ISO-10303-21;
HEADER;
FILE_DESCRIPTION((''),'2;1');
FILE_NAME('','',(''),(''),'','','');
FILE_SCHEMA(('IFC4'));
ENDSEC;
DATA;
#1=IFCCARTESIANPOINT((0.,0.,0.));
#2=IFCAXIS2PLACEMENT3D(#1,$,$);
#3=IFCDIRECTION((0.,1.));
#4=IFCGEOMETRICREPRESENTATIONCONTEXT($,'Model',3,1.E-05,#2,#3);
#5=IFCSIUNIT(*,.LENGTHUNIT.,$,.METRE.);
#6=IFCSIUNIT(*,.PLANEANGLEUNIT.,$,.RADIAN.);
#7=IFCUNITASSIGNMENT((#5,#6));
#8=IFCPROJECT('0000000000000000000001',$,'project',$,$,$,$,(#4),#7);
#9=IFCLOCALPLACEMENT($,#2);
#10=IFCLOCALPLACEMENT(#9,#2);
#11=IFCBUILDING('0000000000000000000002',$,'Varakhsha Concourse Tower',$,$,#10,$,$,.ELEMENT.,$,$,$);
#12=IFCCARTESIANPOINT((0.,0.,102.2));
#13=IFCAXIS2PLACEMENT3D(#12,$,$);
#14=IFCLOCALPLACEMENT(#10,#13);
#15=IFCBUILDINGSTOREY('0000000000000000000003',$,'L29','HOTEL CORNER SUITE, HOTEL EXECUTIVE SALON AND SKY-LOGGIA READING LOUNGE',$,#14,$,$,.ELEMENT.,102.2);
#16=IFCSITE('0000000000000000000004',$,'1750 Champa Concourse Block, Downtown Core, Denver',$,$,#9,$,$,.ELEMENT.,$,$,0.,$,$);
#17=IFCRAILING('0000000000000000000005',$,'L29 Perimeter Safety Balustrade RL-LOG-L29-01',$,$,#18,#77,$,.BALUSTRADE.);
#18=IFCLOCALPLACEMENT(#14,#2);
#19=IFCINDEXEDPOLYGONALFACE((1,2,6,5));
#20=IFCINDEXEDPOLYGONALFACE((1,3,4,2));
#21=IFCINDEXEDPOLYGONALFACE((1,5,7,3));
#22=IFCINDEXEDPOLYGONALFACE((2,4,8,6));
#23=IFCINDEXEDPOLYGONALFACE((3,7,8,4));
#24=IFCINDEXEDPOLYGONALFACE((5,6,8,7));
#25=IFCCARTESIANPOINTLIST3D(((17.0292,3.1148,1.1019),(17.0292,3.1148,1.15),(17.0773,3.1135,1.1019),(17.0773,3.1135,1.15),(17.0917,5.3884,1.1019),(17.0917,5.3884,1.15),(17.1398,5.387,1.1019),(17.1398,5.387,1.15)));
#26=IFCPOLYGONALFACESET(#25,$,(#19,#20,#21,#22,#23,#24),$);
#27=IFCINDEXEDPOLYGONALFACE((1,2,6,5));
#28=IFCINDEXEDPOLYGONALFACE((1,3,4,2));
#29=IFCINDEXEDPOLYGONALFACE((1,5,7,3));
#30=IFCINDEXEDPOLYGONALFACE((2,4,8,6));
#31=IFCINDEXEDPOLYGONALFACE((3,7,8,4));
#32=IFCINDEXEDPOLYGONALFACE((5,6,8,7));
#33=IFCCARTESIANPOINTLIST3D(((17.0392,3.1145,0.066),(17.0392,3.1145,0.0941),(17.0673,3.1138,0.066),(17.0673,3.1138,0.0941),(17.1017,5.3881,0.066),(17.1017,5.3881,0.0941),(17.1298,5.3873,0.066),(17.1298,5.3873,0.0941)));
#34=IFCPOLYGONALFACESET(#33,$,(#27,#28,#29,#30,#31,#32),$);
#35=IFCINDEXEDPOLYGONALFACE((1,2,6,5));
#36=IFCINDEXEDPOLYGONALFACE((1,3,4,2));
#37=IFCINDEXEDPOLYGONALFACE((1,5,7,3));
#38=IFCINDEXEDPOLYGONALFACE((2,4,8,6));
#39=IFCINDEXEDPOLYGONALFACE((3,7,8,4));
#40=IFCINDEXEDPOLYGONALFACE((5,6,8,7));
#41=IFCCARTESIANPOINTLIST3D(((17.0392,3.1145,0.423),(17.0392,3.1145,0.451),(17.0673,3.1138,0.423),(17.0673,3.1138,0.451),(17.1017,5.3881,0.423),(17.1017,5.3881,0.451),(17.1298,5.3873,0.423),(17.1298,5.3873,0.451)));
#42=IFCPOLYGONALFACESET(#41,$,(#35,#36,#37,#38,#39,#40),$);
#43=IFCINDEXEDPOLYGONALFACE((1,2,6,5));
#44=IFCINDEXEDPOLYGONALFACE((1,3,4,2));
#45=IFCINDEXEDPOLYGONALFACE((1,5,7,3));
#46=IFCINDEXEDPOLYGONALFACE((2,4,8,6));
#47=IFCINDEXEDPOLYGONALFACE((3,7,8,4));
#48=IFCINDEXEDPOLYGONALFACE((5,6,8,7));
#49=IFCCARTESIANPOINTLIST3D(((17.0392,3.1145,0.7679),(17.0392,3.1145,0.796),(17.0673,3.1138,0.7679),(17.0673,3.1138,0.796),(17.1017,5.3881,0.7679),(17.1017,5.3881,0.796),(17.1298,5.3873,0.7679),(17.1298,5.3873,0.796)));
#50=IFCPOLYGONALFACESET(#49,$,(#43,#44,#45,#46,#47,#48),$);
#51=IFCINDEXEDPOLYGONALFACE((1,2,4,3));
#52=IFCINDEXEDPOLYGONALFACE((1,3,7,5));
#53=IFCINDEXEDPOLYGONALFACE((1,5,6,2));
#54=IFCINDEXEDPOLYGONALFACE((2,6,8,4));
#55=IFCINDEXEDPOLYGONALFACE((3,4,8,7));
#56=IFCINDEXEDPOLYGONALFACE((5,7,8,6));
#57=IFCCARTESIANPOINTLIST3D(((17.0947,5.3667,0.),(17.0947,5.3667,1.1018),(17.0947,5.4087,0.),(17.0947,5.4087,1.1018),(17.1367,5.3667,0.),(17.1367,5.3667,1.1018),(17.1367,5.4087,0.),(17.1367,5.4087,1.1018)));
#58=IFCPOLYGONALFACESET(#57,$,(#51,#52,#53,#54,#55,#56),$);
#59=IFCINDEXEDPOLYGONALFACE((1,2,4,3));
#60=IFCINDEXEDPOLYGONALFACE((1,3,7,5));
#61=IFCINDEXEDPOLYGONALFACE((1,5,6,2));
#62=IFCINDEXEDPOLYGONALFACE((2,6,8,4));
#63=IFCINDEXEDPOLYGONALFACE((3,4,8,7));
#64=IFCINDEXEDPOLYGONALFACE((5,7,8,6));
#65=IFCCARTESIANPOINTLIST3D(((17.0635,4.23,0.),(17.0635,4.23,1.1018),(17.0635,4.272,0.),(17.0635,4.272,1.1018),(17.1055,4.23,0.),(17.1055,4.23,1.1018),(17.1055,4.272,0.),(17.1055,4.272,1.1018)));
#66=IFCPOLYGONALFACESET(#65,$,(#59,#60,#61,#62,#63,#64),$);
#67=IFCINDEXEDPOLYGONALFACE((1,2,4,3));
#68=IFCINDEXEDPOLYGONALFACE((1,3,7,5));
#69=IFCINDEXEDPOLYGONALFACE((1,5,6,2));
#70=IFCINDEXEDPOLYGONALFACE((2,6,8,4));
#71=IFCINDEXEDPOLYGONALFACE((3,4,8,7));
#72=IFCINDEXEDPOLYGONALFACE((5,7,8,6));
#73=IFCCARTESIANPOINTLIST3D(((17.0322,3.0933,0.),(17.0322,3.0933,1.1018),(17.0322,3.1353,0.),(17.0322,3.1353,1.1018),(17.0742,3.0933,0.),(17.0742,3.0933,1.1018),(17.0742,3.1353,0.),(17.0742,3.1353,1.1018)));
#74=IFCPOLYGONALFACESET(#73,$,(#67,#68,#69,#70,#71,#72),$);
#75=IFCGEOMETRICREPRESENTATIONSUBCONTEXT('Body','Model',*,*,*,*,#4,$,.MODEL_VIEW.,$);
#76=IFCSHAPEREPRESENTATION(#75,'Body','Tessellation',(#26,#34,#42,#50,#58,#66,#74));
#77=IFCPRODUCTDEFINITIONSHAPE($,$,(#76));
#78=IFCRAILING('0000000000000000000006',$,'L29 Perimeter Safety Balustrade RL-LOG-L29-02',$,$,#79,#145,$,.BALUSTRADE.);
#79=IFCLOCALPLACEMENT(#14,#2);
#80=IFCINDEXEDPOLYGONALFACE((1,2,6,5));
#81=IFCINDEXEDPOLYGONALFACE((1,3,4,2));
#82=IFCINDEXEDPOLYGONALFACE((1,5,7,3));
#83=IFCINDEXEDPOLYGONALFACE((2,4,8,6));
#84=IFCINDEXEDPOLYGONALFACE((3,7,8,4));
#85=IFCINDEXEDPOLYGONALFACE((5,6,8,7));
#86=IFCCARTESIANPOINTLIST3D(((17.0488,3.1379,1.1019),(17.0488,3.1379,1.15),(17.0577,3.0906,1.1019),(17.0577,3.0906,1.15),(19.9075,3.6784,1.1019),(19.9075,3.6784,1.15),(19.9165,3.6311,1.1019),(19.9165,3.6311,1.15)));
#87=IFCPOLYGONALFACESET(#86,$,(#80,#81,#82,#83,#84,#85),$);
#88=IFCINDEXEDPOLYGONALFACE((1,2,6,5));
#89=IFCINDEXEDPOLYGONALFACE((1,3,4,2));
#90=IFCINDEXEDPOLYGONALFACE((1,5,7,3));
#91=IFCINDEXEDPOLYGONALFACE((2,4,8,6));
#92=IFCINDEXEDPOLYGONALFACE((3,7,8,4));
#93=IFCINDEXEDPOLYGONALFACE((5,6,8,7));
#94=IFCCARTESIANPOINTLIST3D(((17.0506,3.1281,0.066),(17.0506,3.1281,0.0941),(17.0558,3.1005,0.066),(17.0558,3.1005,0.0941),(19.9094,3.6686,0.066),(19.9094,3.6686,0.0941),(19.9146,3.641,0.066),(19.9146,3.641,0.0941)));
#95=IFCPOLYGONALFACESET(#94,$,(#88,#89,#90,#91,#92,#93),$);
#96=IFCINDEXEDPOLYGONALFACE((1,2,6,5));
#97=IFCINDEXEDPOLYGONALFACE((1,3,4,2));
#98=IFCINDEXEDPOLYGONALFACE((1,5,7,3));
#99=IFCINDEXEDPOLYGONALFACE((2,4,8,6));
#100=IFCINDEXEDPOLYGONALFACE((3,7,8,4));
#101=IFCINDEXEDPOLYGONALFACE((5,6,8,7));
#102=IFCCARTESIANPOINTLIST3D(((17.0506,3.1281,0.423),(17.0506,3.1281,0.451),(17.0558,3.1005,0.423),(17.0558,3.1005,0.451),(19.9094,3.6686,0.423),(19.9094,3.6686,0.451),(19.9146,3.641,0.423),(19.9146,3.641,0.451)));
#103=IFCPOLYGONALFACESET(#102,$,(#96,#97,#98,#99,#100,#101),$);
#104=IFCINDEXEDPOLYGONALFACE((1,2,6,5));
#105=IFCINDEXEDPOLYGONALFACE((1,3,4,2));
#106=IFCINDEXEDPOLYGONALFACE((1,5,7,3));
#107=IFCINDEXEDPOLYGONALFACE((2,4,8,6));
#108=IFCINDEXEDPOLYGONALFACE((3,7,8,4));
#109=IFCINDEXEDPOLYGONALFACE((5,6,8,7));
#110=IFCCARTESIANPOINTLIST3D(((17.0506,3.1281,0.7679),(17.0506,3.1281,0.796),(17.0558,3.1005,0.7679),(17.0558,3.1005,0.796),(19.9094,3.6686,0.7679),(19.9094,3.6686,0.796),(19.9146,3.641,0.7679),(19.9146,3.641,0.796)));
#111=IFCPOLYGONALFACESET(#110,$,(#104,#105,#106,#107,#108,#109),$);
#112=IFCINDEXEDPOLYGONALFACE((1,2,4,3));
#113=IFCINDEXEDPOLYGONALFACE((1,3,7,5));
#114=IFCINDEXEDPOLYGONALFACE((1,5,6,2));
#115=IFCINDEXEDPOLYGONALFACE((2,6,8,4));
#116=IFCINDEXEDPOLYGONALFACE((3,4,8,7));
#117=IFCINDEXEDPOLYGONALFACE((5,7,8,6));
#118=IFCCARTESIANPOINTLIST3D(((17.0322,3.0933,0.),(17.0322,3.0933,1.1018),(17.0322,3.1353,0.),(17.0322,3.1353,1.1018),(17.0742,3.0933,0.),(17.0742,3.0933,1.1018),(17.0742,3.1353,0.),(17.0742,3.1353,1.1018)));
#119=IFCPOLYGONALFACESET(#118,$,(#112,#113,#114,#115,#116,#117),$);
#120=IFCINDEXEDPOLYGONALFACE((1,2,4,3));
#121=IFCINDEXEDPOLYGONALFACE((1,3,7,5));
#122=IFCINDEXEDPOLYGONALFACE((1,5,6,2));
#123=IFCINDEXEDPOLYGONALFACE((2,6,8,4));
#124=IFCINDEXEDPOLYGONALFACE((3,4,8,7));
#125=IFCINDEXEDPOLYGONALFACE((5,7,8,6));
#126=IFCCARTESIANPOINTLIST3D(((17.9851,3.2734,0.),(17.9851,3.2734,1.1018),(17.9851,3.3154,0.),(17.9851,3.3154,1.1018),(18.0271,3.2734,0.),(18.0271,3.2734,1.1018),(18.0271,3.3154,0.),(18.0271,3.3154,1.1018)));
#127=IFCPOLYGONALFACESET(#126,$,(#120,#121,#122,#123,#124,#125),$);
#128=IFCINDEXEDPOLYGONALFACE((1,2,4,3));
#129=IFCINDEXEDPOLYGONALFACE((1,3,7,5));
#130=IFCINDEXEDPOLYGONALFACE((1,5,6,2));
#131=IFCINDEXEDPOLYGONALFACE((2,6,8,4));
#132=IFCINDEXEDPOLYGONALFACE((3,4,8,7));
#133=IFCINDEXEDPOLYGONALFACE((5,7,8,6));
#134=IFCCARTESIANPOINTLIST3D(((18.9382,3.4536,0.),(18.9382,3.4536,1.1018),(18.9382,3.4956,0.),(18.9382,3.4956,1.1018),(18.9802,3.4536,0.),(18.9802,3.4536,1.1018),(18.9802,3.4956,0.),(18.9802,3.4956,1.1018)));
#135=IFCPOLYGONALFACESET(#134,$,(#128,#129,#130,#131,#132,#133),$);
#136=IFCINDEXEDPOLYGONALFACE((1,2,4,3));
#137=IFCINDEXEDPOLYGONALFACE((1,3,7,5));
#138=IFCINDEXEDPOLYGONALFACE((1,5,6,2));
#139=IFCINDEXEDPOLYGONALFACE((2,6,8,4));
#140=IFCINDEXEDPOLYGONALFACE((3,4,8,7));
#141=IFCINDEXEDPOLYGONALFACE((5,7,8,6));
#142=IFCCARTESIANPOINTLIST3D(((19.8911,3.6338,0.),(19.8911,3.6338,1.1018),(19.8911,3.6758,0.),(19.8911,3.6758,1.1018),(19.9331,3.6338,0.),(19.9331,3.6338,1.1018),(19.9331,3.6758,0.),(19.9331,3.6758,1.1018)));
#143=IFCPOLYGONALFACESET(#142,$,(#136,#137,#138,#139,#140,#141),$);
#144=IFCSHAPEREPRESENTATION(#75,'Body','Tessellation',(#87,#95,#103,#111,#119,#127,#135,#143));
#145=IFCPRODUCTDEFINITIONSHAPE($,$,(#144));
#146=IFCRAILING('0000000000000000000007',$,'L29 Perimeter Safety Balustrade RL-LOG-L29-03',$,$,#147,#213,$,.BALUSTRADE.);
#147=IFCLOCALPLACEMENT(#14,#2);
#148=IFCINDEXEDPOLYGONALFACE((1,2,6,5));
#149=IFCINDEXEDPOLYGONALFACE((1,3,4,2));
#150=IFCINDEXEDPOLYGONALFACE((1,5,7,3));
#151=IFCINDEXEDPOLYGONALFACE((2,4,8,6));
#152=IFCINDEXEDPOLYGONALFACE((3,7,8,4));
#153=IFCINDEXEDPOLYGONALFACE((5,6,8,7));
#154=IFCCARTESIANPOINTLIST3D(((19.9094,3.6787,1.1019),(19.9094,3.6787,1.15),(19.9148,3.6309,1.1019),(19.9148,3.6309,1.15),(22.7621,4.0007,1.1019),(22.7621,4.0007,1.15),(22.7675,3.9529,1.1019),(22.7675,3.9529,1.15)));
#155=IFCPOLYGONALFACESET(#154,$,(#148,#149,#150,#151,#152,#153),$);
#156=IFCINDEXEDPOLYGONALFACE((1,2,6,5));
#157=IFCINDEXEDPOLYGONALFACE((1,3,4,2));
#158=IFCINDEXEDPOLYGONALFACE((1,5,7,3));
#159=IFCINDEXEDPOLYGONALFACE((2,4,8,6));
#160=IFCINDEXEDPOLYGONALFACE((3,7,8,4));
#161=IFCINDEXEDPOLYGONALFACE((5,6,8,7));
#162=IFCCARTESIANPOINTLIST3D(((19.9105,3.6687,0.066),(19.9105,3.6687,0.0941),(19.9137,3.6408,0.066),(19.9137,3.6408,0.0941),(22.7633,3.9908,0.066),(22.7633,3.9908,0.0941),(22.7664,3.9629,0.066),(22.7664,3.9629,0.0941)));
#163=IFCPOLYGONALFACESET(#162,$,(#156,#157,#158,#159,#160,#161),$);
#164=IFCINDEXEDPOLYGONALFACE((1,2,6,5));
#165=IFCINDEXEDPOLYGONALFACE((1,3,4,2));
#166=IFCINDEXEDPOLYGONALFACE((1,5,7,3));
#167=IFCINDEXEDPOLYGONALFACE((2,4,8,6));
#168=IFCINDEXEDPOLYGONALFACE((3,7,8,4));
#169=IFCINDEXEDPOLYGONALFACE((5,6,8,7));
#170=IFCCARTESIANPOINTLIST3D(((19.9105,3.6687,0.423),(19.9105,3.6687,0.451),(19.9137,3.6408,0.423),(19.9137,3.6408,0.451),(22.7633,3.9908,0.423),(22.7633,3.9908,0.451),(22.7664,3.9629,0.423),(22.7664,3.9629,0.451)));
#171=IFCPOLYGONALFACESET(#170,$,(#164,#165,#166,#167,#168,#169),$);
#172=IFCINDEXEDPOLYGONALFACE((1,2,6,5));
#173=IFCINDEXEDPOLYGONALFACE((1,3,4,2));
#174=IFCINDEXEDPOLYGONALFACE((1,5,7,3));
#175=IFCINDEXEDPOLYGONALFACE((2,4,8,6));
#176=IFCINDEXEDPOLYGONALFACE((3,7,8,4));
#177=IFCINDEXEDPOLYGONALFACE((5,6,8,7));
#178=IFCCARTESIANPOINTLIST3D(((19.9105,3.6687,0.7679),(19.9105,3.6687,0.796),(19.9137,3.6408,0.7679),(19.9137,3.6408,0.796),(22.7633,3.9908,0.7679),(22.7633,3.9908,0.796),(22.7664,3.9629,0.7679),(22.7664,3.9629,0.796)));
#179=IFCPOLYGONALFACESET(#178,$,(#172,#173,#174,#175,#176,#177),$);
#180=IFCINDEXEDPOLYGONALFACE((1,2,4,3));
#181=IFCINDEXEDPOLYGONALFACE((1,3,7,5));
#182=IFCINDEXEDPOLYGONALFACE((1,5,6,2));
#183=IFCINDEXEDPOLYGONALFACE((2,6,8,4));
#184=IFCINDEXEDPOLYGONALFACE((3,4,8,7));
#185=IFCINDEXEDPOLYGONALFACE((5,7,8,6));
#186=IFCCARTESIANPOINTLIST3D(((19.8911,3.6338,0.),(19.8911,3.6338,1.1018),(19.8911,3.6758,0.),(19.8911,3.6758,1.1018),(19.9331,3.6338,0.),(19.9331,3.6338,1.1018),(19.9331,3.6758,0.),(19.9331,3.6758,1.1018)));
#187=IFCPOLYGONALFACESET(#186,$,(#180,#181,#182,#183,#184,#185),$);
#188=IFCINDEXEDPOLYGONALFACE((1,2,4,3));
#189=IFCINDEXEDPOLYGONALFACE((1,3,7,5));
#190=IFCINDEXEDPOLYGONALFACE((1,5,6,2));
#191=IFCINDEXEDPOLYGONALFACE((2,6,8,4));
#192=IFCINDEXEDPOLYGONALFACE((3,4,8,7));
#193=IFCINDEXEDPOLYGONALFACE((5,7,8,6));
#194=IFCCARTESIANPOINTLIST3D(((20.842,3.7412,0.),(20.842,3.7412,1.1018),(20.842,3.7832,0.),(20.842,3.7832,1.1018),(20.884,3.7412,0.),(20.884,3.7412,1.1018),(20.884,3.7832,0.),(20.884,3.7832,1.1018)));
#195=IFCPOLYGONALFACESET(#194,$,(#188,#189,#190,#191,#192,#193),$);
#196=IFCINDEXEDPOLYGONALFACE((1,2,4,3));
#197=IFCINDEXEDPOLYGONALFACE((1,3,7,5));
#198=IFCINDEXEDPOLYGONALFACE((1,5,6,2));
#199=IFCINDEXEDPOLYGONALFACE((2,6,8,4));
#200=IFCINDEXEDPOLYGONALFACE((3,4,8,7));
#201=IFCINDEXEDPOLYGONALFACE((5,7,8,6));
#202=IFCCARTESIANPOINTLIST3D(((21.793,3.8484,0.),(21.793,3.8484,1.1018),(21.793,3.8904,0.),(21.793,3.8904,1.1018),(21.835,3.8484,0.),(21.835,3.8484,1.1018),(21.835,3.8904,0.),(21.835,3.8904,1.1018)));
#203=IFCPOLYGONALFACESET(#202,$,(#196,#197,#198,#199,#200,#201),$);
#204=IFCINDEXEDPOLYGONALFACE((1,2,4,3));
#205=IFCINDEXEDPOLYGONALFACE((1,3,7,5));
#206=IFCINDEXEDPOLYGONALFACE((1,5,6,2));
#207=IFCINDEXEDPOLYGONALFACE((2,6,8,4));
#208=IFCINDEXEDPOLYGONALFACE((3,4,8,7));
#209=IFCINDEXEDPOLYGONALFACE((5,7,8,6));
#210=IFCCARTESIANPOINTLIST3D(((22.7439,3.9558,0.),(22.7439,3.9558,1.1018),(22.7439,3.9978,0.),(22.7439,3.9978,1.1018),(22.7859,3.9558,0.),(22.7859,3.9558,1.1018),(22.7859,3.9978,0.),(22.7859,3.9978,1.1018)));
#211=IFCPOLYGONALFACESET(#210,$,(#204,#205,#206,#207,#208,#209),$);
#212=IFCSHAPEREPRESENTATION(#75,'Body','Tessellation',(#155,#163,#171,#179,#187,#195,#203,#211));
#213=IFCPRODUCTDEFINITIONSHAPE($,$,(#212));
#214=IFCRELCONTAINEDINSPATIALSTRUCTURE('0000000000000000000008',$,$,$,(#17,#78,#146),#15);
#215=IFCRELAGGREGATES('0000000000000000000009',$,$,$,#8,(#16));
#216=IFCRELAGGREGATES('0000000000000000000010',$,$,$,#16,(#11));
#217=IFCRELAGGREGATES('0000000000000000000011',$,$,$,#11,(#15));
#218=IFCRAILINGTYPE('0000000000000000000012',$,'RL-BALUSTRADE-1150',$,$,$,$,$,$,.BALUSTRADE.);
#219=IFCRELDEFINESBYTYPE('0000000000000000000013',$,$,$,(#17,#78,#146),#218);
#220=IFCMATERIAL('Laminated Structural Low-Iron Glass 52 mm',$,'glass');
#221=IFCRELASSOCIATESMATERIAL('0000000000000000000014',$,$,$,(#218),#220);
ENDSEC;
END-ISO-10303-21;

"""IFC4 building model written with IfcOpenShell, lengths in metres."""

from ifc_helpers import new_model, si_unit, direction, frame, origin, origin_2d, place, context, subcontext, project, spatial, rectangle, extrude, material, type_object, element, save


model = new_model("IFC4")

# Units and contexts
model_context = context("Model", 3, precision=1e-05, world=origin(), true_north=direction((0.0, 1.0)))
body_context = subcontext(model_context, "Body", "Model", "MODEL_VIEW")
ifc_project = project(units=[si_unit("LENGTHUNIT", "METRE"), si_unit("PLANEANGLEUNIT", "RADIAN")], contexts=[model_context])

# Site, building, storey
site_placement = place(None, origin())
site = spatial("IfcSite", under=ifc_project, at=site_placement, Name="1750 Champa Concourse Block, Downtown Core, Denver", CompositionType="ELEMENT", RefElevation=0.0)
building_placement = place(site_placement, origin())
building = spatial("IfcBuilding", under=site, at=building_placement, Name="Varakhsha Concourse Tower", CompositionType="ELEMENT")
storey_placement = place(building_placement, frame((0.0, 0.0, 102.2)))
storey = spatial("IfcBuildingStorey", under=building, at=storey_placement, Name="L29", Description="HOTEL CORNER SUITE, HOTEL EXECUTIVE SALON AND SKY-LOGGIA READING LOUNGE", CompositionType="ELEMENT", Elevation=102.2)

# Railings
ifc_material_1 = material(Name="Laminated Structural Low-Iron Glass 52 mm", Category="glass")
railing_type = type_object("IfcRailingType", Name="RL-BALUSTRADE-1150", PredefinedType="BALUSTRADE", material=ifc_material_1)
railing_1_placement = place(storey_placement, frame((17.1157, 5.3877, 0.0)))
element("IfcRailing", 1, at=railing_1_placement, inside=storey, type_object=railing_type, Name="L29 Perimeter Safety Balustrade RL-LOG-L29-01", PredefinedType="BALUSTRADE", context=body_context, shape_type="SweptSolid", body=[
    extrude(rectangle(XDim=0.0481, YDim=0.0481, at=origin_2d()), frame((0.0, 0.0, 1.126), z_axis=(-0.027481, -0.999622, 0.0), x_axis=(0.999622, -0.027481, 0.0)), (0.0, 0.0, 1.0), 2.2744),
    extrude(rectangle(XDim=0.0281, YDim=0.0281, at=origin_2d()), frame((0.0, 0.0, 0.0801), z_axis=(-0.027481, -0.999622, 0.0), x_axis=(0.999622, -0.027481, 0.0)), (0.0, 0.0, 1.0), 2.2744),
    extrude(rectangle(XDim=0.0281, YDim=0.0281, at=origin_2d()), frame((0.0, 0.0, 0.437), z_axis=(-0.027481, -0.999622, 0.0), x_axis=(0.999622, -0.027481, 0.0)), (0.0, 0.0, 1.0), 2.2744),
    extrude(rectangle(XDim=0.0281, YDim=0.0281, at=origin_2d()), frame((0.0, 0.0, 0.782), z_axis=(-0.027481, -0.999622, 0.0), x_axis=(0.999622, -0.027481, 0.0)), (0.0, 0.0, 1.0), 2.2744),
    extrude(rectangle(XDim=0.042, YDim=0.042, at=origin_2d()), origin(), (0.0, 0.0, 1.0), 1.1018),
    extrude(rectangle(XDim=0.042, YDim=0.042, at=origin_2d()), frame((-0.0312, -1.1367, 0.0)), (0.0, 0.0, 1.0), 1.1018),
    extrude(rectangle(XDim=0.042, YDim=0.042, at=origin_2d()), frame((-0.0625, -2.2734, 0.0)), (0.0, 0.0, 1.0), 1.1018),
])
railing_2_placement = place(storey_placement, frame((17.0532, 3.1143, 0.0)))
element("IfcRailing", 2, at=railing_2_placement, inside=storey, type_object=railing_type, Name="L29 Perimeter Safety Balustrade RL-LOG-L29-02", PredefinedType="BALUSTRADE", context=body_context, shape_type="SweptSolid", body=[
    extrude(rectangle(XDim=0.0481, YDim=0.0481, at=origin_2d()), frame((0.0, 0.0, 1.126), z_axis=(0.982592, 0.185778, 0.0), x_axis=(-0.185778, 0.982592, 0.0)), (0.0, 0.0, 1.0), 2.9094),
    extrude(rectangle(XDim=0.0281, YDim=0.0281, at=origin_2d()), frame((0.0, 0.0, 0.0801), z_axis=(0.982592, 0.185778, 0.0), x_axis=(-0.185778, 0.982592, 0.0)), (0.0, 0.0, 1.0), 2.9094),
    extrude(rectangle(XDim=0.0281, YDim=0.0281, at=origin_2d()), frame((0.0, 0.0, 0.437), z_axis=(0.982592, 0.185778, 0.0), x_axis=(-0.185778, 0.982592, 0.0)), (0.0, 0.0, 1.0), 2.9094),
    extrude(rectangle(XDim=0.0281, YDim=0.0281, at=origin_2d()), frame((0.0, 0.0, 0.782), z_axis=(0.982592, 0.185778, 0.0), x_axis=(-0.185778, 0.982592, 0.0)), (0.0, 0.0, 1.0), 2.9094),
    extrude(rectangle(XDim=0.042, YDim=0.042, at=origin_2d()), origin(), (0.0, 0.0, 1.0), 1.1018),
    extrude(rectangle(XDim=0.042, YDim=0.042, at=origin_2d()), frame((0.9529, 0.1802, 0.0)), (0.0, 0.0, 1.0), 1.1018),
    extrude(rectangle(XDim=0.042, YDim=0.042, at=origin_2d()), frame((1.906, 0.3604, 0.0)), (0.0, 0.0, 1.0), 1.1018),
    extrude(rectangle(XDim=0.042, YDim=0.042, at=origin_2d()), frame((2.8589, 0.5405, 0.0)), (0.0, 0.0, 1.0), 1.1018),
])
railing_3_placement = place(storey_placement, frame((19.9121, 3.6548, 0.0)))
element("IfcRailing", 3, at=railing_3_placement, inside=storey, type_object=railing_type, Name="L29 Perimeter Safety Balustrade RL-LOG-L29-03", PredefinedType="BALUSTRADE", context=body_context, shape_type="SweptSolid", body=[
    extrude(rectangle(XDim=0.0481, YDim=0.0481, at=origin_2d()), frame((0.0, 0.0, 1.126), z_axis=(0.993689, 0.112167, 0.0), x_axis=(-0.112167, 0.993689, 0.0)), (0.0, 0.0, 1.0), 2.8708),
    extrude(rectangle(XDim=0.0281, YDim=0.0281, at=origin_2d()), frame((0.0, 0.0, 0.0801), z_axis=(0.993689, 0.112167, 0.0), x_axis=(-0.112167, 0.993689, 0.0)), (0.0, 0.0, 1.0), 2.8708),
    extrude(rectangle(XDim=0.0281, YDim=0.0281, at=origin_2d()), frame((0.0, 0.0, 0.437), z_axis=(0.993689, 0.112167, 0.0), x_axis=(-0.112167, 0.993689, 0.0)), (0.0, 0.0, 1.0), 2.8708),
    extrude(rectangle(XDim=0.0281, YDim=0.0281, at=origin_2d()), frame((0.0, 0.0, 0.782), z_axis=(0.993689, 0.112167, 0.0), x_axis=(-0.112167, 0.993689, 0.0)), (0.0, 0.0, 1.0), 2.8708),
    extrude(rectangle(XDim=0.042, YDim=0.042, at=origin_2d()), origin(), (0.0, 0.0, 1.0), 1.1018),
    extrude(rectangle(XDim=0.042, YDim=0.042, at=origin_2d()), frame((0.9509, 0.1074, 0.0)), (0.0, 0.0, 1.0), 1.1018),
    extrude(rectangle(XDim=0.042, YDim=0.042, at=origin_2d()), frame((1.9019, 0.2146, 0.0)), (0.0, 0.0, 1.0), 1.1018),
    extrude(rectangle(XDim=0.042, YDim=0.042, at=origin_2d()), frame((2.8528, 0.322, 0.0)), (0.0, 0.0, 1.0), 1.1018),
])

save(model, "model.ifc")
